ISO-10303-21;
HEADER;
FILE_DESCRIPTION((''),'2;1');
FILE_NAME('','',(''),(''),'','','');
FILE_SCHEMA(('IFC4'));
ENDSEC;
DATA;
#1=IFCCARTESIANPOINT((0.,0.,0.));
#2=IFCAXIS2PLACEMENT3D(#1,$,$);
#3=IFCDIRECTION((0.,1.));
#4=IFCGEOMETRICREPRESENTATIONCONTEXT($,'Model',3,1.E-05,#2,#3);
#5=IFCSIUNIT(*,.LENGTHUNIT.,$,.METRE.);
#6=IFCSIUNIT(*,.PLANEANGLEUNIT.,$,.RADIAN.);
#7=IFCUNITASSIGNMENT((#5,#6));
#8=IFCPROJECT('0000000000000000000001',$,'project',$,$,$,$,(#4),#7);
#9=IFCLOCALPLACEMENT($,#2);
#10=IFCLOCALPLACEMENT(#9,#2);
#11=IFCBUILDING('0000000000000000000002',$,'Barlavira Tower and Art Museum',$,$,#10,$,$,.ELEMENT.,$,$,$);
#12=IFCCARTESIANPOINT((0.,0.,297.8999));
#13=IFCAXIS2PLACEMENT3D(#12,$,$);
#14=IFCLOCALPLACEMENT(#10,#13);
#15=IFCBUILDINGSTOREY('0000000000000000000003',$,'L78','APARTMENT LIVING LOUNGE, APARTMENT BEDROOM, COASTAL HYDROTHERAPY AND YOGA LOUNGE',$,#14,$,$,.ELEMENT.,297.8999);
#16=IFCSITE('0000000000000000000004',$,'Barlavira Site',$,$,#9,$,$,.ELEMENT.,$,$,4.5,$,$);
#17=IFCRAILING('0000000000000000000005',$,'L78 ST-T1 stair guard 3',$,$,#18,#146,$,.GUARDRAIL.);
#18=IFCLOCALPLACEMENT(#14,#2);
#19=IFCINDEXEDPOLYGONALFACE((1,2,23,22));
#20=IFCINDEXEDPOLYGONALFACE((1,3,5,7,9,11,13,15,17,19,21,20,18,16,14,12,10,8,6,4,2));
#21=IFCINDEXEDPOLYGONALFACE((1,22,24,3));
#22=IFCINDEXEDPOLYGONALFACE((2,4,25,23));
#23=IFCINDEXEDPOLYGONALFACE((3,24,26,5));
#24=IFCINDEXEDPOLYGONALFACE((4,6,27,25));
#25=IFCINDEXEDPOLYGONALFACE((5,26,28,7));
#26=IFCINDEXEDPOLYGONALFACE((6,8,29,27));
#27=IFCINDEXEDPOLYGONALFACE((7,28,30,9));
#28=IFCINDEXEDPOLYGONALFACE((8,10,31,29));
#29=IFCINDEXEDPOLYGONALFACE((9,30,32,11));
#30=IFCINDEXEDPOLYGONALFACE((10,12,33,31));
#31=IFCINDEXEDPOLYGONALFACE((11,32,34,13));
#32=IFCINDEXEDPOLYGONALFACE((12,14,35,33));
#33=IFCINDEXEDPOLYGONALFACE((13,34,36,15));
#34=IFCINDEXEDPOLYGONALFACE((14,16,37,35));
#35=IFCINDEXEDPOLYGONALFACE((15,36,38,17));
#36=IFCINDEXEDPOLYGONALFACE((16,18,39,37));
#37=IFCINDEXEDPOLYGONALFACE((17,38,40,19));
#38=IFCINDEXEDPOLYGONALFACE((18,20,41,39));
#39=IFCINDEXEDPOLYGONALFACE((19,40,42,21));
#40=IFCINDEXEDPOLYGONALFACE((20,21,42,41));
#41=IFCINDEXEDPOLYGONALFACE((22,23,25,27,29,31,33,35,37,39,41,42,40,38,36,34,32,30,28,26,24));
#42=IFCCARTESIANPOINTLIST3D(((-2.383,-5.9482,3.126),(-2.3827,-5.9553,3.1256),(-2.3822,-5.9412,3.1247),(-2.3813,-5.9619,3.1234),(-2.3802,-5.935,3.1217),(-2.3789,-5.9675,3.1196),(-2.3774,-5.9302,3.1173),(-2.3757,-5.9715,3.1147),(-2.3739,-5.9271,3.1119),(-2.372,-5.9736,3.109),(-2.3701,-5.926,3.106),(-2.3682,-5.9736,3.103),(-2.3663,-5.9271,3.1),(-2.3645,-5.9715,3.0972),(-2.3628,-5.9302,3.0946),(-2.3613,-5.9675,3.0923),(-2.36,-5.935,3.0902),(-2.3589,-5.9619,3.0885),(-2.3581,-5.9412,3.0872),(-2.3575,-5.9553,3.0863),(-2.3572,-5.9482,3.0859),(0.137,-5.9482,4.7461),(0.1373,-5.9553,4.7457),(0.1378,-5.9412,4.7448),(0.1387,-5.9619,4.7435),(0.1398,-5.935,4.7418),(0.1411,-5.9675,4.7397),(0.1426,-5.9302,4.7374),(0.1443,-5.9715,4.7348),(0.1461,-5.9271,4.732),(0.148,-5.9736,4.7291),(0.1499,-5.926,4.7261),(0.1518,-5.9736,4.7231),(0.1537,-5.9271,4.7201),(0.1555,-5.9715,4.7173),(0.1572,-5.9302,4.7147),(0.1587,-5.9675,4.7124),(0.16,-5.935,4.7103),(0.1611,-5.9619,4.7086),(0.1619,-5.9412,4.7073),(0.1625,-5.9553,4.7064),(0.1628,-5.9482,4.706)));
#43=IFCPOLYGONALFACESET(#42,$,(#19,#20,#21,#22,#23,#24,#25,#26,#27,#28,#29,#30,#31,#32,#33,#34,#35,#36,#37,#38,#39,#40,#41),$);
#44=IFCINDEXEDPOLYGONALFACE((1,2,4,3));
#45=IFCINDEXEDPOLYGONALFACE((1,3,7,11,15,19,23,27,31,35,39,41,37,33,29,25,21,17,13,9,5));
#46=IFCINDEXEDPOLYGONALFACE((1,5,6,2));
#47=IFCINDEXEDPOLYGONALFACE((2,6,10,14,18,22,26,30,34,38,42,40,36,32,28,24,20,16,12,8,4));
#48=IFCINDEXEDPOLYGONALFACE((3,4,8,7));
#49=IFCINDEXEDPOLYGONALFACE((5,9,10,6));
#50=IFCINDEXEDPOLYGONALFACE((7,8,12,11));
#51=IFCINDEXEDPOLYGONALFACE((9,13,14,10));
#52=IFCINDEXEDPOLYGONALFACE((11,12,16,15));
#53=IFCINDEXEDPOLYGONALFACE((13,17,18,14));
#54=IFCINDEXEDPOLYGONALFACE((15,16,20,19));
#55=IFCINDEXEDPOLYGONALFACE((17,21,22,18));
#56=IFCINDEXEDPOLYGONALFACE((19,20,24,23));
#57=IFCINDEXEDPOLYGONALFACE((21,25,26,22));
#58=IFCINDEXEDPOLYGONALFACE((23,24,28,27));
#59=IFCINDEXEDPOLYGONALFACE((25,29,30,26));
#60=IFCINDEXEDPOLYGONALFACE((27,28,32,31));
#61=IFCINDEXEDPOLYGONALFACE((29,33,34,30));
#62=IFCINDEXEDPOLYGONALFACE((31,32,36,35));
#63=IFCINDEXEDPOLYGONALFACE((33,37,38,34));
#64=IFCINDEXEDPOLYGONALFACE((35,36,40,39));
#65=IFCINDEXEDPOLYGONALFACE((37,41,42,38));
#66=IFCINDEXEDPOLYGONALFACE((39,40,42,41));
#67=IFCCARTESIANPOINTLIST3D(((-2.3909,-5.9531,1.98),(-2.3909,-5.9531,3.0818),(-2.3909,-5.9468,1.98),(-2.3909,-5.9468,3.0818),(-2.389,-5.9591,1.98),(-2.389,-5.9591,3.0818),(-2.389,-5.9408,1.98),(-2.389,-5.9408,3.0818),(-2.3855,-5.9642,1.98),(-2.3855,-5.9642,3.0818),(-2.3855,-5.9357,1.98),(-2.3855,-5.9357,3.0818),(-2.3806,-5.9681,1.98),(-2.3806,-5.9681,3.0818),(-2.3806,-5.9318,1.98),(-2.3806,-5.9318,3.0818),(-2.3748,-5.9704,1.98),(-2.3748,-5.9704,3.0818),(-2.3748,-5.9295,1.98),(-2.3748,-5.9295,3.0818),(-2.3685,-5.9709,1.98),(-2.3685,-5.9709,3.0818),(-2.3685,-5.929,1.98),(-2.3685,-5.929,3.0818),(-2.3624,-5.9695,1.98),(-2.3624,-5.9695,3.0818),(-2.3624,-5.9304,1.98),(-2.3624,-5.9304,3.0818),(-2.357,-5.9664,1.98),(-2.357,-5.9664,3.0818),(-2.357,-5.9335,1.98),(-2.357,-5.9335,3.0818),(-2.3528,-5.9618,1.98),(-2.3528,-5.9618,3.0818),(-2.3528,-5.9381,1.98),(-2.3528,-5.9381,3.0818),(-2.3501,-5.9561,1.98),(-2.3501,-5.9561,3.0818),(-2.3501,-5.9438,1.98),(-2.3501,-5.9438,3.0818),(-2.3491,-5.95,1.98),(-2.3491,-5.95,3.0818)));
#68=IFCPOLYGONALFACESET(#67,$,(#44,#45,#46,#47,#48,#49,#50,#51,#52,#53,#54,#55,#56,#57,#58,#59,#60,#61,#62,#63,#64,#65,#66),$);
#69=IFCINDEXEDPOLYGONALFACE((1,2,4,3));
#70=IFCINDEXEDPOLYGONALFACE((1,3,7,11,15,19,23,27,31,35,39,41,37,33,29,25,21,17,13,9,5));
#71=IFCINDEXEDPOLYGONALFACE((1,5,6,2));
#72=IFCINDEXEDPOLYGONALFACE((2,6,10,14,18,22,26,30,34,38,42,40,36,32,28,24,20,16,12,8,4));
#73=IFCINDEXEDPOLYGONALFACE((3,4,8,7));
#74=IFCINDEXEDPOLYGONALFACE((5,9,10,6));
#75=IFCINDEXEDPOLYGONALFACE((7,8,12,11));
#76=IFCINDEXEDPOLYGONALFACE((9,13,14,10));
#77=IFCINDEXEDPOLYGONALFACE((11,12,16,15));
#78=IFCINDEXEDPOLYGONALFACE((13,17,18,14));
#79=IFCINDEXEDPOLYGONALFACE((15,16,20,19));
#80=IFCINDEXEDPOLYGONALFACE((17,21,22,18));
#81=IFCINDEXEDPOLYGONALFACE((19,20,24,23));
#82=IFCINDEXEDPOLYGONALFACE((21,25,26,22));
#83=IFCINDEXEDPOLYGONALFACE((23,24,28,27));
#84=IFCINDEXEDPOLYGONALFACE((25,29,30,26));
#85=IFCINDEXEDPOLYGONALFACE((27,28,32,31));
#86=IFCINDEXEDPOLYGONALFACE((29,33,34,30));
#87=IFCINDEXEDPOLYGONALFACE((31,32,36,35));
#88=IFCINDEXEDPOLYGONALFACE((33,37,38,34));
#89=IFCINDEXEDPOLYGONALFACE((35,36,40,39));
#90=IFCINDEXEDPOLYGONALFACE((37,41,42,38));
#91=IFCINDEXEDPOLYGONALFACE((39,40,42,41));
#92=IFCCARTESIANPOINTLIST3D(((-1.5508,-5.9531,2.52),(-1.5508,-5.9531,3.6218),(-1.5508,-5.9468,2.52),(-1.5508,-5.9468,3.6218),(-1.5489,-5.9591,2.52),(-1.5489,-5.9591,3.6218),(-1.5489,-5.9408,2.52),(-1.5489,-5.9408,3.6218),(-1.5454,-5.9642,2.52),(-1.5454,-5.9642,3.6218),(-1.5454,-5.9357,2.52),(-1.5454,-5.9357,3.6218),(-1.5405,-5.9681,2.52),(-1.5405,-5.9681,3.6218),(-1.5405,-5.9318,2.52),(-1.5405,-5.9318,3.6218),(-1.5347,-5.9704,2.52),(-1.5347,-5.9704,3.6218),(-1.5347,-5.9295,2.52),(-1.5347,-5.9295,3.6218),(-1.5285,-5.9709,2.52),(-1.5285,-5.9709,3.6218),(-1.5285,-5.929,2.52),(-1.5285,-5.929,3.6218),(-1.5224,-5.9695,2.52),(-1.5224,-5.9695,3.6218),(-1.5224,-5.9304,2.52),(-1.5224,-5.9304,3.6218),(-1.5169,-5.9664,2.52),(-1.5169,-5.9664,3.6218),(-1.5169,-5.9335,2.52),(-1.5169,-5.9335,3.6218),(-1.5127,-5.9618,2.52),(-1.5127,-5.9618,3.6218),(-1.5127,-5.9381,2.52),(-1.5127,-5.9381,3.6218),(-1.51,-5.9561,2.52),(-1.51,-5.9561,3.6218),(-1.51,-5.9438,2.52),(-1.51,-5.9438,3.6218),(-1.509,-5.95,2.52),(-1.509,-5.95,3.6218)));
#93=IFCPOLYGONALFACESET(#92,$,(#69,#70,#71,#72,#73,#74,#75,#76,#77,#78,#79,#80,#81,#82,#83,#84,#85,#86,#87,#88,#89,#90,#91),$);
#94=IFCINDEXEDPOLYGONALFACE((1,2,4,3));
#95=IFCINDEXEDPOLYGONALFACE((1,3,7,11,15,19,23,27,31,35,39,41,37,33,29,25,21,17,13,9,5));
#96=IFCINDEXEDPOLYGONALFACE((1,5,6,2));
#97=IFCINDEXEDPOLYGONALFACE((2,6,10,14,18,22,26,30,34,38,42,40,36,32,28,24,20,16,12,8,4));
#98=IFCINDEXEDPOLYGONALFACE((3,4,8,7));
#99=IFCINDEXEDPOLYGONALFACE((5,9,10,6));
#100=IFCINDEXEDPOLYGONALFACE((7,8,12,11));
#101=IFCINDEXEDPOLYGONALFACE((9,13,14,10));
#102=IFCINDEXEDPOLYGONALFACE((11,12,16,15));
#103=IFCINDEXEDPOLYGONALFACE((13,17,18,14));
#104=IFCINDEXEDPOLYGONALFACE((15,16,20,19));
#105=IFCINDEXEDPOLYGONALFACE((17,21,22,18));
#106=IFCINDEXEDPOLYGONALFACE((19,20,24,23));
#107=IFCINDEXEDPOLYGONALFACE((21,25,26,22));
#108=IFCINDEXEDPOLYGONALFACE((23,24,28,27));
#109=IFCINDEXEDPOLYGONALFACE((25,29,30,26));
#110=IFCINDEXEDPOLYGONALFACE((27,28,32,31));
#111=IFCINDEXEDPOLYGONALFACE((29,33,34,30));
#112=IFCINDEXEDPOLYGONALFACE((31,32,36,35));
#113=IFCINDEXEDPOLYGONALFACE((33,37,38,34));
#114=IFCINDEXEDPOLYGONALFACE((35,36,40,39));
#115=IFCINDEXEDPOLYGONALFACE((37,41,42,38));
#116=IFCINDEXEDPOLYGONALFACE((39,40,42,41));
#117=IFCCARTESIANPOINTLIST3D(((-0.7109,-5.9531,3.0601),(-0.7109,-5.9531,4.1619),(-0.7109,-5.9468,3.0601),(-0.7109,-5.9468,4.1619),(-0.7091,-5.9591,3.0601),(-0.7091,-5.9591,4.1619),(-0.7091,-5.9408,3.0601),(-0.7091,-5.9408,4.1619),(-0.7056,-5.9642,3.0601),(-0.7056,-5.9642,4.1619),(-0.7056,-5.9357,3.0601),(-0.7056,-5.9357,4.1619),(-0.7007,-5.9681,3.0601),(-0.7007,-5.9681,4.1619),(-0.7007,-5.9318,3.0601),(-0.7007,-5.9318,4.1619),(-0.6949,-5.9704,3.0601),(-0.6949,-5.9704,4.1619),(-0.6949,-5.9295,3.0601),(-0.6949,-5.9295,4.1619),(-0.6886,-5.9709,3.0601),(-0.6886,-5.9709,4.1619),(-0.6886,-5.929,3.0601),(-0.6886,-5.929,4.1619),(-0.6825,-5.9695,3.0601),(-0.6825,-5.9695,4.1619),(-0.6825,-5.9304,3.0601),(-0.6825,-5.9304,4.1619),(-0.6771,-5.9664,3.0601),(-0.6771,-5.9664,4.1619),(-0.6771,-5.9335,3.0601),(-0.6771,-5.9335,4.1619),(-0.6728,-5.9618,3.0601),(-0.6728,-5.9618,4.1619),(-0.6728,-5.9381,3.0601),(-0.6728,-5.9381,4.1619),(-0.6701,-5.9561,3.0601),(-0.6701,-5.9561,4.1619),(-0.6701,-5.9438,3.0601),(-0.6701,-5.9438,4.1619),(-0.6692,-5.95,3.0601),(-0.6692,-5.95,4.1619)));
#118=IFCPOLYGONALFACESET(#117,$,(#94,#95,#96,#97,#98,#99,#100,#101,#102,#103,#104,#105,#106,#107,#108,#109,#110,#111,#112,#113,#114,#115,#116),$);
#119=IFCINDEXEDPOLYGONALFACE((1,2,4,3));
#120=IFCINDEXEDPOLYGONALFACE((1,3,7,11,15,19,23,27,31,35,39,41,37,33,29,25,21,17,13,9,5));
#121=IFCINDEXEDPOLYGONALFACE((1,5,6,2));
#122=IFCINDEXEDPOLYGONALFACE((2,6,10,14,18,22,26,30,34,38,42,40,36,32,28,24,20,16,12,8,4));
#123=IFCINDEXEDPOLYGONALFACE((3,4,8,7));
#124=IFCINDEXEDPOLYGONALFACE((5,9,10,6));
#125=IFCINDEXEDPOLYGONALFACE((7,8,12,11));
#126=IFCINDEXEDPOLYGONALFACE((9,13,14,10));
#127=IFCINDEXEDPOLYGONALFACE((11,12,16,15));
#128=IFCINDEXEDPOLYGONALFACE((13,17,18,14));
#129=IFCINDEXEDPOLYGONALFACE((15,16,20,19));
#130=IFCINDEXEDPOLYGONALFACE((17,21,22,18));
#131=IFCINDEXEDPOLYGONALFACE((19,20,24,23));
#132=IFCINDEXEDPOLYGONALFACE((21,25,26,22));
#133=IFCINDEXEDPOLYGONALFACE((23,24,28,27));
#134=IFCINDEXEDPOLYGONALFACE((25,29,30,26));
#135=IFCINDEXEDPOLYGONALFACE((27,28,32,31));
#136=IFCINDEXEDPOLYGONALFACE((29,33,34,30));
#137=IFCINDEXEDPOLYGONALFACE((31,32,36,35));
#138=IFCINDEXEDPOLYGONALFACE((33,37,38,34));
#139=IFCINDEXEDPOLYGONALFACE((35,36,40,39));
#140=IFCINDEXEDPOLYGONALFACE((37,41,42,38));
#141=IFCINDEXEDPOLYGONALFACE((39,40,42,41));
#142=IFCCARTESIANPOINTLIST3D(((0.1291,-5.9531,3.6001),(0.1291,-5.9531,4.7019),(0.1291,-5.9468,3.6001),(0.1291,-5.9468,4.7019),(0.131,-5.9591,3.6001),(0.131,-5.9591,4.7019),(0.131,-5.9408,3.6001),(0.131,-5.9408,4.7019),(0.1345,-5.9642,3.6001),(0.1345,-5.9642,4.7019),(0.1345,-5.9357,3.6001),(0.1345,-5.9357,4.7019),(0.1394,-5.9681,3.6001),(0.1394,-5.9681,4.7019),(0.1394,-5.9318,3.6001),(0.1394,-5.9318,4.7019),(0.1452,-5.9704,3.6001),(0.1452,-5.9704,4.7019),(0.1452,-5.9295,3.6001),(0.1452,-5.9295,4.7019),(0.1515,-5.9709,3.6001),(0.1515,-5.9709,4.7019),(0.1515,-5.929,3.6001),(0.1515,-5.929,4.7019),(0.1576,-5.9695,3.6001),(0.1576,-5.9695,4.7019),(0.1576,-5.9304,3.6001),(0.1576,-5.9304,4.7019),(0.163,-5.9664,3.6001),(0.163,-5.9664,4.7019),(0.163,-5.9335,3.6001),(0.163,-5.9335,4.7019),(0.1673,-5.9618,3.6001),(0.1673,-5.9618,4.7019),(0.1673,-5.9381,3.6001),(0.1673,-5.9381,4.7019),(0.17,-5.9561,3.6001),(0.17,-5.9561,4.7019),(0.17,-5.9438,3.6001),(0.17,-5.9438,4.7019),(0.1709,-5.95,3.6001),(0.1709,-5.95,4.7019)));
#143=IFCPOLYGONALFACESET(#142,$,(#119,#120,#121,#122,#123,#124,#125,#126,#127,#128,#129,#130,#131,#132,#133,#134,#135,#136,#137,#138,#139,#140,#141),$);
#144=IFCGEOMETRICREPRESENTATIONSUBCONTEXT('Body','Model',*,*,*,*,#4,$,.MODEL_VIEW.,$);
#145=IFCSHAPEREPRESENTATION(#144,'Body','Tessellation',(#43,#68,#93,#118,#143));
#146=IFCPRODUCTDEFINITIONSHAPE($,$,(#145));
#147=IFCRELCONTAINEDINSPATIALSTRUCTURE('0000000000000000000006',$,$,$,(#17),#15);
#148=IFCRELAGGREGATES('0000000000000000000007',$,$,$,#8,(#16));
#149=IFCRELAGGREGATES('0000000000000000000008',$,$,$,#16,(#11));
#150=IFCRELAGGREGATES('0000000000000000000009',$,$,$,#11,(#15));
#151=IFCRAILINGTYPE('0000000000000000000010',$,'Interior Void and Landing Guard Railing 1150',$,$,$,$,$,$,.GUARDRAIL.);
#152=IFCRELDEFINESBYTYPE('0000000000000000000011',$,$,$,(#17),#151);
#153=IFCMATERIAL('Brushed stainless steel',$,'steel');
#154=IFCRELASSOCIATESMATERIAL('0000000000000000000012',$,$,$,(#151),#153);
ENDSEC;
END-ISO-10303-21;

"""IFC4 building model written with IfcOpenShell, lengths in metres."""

from ifc_helpers import new_model, si_unit, direction, frame, origin, origin_2d, place, context, subcontext, project, spatial, circle, extrude, material, type_object, element, save


model = new_model("IFC4")

# Units and contexts
model_context = context("Model", 3, precision=1e-05, world=origin(), true_north=direction((0.0, 1.0)))
body_context = subcontext(model_context, "Body", "Model", "MODEL_VIEW")
ifc_project = project(units=[si_unit("LENGTHUNIT", "METRE"), si_unit("PLANEANGLEUNIT", "RADIAN")], contexts=[model_context])

# Site, building, storey
site_placement = place(None, origin())
site = spatial("IfcSite", under=ifc_project, at=site_placement, Name="Barlavira Site", CompositionType="ELEMENT", RefElevation=4.5)
building_placement = place(site_placement, origin())
building = spatial("IfcBuilding", under=site, at=building_placement, Name="Barlavira Tower and Art Museum", CompositionType="ELEMENT")
storey_placement = place(building_placement, frame((0.0, 0.0, 297.8999)))
storey = spatial("IfcBuildingStorey", under=building, at=storey_placement, Name="L78", Description="APARTMENT LIVING LOUNGE, APARTMENT BEDROOM, COASTAL HYDROTHERAPY AND YOGA LOUNGE", CompositionType="ELEMENT", Elevation=297.8999)

# Shared definitions
ifc_material_1 = material(Name="Brushed stainless steel", Category="steel")

# Railing
railing_type_1 = type_object("IfcRailingType", Name="Interior Void and Landing Guard Railing 1150", PredefinedType="GUARDRAIL", material=ifc_material_1)
railing_1_placement = place(storey_placement, frame((-2.3701, -5.95, 1.98)))
element("IfcRailing", 1, at=railing_1_placement, inside=storey, type_object=railing_type_1, Name="L78 ST-T1 stair guard 3", PredefinedType="GUARDRAIL", context=body_context, shape_type="SweptSolid", body=[
    extrude(circle(Radius=0.0239, at=origin_2d()), frame((0.0, 0.0, 1.126), z_axis=(0.841163, 0.0, 0.540782), x_axis=(0.0, 1.0, 0.0)), (0.0, 0.0, 1.0), 2.9958),
    extrude(circle(Radius=0.021, at=origin_2d()), origin(), (0.0, 0.0, 1.0), 1.1018),
    extrude(circle(Radius=0.021, at=origin_2d()), frame((0.8401, 0.0, 0.54)), (0.0, 0.0, 1.0), 1.1018),
    extrude(circle(Radius=0.021, at=origin_2d()), frame((1.6799, 0.0, 1.0801)), (0.0, 0.0, 1.0), 1.1018),
    extrude(circle(Radius=0.021, at=origin_2d()), frame((2.52, 0.0, 1.6201)), (0.0, 0.0, 1.0), 1.1018),
])

save(model, "model.ifc")
